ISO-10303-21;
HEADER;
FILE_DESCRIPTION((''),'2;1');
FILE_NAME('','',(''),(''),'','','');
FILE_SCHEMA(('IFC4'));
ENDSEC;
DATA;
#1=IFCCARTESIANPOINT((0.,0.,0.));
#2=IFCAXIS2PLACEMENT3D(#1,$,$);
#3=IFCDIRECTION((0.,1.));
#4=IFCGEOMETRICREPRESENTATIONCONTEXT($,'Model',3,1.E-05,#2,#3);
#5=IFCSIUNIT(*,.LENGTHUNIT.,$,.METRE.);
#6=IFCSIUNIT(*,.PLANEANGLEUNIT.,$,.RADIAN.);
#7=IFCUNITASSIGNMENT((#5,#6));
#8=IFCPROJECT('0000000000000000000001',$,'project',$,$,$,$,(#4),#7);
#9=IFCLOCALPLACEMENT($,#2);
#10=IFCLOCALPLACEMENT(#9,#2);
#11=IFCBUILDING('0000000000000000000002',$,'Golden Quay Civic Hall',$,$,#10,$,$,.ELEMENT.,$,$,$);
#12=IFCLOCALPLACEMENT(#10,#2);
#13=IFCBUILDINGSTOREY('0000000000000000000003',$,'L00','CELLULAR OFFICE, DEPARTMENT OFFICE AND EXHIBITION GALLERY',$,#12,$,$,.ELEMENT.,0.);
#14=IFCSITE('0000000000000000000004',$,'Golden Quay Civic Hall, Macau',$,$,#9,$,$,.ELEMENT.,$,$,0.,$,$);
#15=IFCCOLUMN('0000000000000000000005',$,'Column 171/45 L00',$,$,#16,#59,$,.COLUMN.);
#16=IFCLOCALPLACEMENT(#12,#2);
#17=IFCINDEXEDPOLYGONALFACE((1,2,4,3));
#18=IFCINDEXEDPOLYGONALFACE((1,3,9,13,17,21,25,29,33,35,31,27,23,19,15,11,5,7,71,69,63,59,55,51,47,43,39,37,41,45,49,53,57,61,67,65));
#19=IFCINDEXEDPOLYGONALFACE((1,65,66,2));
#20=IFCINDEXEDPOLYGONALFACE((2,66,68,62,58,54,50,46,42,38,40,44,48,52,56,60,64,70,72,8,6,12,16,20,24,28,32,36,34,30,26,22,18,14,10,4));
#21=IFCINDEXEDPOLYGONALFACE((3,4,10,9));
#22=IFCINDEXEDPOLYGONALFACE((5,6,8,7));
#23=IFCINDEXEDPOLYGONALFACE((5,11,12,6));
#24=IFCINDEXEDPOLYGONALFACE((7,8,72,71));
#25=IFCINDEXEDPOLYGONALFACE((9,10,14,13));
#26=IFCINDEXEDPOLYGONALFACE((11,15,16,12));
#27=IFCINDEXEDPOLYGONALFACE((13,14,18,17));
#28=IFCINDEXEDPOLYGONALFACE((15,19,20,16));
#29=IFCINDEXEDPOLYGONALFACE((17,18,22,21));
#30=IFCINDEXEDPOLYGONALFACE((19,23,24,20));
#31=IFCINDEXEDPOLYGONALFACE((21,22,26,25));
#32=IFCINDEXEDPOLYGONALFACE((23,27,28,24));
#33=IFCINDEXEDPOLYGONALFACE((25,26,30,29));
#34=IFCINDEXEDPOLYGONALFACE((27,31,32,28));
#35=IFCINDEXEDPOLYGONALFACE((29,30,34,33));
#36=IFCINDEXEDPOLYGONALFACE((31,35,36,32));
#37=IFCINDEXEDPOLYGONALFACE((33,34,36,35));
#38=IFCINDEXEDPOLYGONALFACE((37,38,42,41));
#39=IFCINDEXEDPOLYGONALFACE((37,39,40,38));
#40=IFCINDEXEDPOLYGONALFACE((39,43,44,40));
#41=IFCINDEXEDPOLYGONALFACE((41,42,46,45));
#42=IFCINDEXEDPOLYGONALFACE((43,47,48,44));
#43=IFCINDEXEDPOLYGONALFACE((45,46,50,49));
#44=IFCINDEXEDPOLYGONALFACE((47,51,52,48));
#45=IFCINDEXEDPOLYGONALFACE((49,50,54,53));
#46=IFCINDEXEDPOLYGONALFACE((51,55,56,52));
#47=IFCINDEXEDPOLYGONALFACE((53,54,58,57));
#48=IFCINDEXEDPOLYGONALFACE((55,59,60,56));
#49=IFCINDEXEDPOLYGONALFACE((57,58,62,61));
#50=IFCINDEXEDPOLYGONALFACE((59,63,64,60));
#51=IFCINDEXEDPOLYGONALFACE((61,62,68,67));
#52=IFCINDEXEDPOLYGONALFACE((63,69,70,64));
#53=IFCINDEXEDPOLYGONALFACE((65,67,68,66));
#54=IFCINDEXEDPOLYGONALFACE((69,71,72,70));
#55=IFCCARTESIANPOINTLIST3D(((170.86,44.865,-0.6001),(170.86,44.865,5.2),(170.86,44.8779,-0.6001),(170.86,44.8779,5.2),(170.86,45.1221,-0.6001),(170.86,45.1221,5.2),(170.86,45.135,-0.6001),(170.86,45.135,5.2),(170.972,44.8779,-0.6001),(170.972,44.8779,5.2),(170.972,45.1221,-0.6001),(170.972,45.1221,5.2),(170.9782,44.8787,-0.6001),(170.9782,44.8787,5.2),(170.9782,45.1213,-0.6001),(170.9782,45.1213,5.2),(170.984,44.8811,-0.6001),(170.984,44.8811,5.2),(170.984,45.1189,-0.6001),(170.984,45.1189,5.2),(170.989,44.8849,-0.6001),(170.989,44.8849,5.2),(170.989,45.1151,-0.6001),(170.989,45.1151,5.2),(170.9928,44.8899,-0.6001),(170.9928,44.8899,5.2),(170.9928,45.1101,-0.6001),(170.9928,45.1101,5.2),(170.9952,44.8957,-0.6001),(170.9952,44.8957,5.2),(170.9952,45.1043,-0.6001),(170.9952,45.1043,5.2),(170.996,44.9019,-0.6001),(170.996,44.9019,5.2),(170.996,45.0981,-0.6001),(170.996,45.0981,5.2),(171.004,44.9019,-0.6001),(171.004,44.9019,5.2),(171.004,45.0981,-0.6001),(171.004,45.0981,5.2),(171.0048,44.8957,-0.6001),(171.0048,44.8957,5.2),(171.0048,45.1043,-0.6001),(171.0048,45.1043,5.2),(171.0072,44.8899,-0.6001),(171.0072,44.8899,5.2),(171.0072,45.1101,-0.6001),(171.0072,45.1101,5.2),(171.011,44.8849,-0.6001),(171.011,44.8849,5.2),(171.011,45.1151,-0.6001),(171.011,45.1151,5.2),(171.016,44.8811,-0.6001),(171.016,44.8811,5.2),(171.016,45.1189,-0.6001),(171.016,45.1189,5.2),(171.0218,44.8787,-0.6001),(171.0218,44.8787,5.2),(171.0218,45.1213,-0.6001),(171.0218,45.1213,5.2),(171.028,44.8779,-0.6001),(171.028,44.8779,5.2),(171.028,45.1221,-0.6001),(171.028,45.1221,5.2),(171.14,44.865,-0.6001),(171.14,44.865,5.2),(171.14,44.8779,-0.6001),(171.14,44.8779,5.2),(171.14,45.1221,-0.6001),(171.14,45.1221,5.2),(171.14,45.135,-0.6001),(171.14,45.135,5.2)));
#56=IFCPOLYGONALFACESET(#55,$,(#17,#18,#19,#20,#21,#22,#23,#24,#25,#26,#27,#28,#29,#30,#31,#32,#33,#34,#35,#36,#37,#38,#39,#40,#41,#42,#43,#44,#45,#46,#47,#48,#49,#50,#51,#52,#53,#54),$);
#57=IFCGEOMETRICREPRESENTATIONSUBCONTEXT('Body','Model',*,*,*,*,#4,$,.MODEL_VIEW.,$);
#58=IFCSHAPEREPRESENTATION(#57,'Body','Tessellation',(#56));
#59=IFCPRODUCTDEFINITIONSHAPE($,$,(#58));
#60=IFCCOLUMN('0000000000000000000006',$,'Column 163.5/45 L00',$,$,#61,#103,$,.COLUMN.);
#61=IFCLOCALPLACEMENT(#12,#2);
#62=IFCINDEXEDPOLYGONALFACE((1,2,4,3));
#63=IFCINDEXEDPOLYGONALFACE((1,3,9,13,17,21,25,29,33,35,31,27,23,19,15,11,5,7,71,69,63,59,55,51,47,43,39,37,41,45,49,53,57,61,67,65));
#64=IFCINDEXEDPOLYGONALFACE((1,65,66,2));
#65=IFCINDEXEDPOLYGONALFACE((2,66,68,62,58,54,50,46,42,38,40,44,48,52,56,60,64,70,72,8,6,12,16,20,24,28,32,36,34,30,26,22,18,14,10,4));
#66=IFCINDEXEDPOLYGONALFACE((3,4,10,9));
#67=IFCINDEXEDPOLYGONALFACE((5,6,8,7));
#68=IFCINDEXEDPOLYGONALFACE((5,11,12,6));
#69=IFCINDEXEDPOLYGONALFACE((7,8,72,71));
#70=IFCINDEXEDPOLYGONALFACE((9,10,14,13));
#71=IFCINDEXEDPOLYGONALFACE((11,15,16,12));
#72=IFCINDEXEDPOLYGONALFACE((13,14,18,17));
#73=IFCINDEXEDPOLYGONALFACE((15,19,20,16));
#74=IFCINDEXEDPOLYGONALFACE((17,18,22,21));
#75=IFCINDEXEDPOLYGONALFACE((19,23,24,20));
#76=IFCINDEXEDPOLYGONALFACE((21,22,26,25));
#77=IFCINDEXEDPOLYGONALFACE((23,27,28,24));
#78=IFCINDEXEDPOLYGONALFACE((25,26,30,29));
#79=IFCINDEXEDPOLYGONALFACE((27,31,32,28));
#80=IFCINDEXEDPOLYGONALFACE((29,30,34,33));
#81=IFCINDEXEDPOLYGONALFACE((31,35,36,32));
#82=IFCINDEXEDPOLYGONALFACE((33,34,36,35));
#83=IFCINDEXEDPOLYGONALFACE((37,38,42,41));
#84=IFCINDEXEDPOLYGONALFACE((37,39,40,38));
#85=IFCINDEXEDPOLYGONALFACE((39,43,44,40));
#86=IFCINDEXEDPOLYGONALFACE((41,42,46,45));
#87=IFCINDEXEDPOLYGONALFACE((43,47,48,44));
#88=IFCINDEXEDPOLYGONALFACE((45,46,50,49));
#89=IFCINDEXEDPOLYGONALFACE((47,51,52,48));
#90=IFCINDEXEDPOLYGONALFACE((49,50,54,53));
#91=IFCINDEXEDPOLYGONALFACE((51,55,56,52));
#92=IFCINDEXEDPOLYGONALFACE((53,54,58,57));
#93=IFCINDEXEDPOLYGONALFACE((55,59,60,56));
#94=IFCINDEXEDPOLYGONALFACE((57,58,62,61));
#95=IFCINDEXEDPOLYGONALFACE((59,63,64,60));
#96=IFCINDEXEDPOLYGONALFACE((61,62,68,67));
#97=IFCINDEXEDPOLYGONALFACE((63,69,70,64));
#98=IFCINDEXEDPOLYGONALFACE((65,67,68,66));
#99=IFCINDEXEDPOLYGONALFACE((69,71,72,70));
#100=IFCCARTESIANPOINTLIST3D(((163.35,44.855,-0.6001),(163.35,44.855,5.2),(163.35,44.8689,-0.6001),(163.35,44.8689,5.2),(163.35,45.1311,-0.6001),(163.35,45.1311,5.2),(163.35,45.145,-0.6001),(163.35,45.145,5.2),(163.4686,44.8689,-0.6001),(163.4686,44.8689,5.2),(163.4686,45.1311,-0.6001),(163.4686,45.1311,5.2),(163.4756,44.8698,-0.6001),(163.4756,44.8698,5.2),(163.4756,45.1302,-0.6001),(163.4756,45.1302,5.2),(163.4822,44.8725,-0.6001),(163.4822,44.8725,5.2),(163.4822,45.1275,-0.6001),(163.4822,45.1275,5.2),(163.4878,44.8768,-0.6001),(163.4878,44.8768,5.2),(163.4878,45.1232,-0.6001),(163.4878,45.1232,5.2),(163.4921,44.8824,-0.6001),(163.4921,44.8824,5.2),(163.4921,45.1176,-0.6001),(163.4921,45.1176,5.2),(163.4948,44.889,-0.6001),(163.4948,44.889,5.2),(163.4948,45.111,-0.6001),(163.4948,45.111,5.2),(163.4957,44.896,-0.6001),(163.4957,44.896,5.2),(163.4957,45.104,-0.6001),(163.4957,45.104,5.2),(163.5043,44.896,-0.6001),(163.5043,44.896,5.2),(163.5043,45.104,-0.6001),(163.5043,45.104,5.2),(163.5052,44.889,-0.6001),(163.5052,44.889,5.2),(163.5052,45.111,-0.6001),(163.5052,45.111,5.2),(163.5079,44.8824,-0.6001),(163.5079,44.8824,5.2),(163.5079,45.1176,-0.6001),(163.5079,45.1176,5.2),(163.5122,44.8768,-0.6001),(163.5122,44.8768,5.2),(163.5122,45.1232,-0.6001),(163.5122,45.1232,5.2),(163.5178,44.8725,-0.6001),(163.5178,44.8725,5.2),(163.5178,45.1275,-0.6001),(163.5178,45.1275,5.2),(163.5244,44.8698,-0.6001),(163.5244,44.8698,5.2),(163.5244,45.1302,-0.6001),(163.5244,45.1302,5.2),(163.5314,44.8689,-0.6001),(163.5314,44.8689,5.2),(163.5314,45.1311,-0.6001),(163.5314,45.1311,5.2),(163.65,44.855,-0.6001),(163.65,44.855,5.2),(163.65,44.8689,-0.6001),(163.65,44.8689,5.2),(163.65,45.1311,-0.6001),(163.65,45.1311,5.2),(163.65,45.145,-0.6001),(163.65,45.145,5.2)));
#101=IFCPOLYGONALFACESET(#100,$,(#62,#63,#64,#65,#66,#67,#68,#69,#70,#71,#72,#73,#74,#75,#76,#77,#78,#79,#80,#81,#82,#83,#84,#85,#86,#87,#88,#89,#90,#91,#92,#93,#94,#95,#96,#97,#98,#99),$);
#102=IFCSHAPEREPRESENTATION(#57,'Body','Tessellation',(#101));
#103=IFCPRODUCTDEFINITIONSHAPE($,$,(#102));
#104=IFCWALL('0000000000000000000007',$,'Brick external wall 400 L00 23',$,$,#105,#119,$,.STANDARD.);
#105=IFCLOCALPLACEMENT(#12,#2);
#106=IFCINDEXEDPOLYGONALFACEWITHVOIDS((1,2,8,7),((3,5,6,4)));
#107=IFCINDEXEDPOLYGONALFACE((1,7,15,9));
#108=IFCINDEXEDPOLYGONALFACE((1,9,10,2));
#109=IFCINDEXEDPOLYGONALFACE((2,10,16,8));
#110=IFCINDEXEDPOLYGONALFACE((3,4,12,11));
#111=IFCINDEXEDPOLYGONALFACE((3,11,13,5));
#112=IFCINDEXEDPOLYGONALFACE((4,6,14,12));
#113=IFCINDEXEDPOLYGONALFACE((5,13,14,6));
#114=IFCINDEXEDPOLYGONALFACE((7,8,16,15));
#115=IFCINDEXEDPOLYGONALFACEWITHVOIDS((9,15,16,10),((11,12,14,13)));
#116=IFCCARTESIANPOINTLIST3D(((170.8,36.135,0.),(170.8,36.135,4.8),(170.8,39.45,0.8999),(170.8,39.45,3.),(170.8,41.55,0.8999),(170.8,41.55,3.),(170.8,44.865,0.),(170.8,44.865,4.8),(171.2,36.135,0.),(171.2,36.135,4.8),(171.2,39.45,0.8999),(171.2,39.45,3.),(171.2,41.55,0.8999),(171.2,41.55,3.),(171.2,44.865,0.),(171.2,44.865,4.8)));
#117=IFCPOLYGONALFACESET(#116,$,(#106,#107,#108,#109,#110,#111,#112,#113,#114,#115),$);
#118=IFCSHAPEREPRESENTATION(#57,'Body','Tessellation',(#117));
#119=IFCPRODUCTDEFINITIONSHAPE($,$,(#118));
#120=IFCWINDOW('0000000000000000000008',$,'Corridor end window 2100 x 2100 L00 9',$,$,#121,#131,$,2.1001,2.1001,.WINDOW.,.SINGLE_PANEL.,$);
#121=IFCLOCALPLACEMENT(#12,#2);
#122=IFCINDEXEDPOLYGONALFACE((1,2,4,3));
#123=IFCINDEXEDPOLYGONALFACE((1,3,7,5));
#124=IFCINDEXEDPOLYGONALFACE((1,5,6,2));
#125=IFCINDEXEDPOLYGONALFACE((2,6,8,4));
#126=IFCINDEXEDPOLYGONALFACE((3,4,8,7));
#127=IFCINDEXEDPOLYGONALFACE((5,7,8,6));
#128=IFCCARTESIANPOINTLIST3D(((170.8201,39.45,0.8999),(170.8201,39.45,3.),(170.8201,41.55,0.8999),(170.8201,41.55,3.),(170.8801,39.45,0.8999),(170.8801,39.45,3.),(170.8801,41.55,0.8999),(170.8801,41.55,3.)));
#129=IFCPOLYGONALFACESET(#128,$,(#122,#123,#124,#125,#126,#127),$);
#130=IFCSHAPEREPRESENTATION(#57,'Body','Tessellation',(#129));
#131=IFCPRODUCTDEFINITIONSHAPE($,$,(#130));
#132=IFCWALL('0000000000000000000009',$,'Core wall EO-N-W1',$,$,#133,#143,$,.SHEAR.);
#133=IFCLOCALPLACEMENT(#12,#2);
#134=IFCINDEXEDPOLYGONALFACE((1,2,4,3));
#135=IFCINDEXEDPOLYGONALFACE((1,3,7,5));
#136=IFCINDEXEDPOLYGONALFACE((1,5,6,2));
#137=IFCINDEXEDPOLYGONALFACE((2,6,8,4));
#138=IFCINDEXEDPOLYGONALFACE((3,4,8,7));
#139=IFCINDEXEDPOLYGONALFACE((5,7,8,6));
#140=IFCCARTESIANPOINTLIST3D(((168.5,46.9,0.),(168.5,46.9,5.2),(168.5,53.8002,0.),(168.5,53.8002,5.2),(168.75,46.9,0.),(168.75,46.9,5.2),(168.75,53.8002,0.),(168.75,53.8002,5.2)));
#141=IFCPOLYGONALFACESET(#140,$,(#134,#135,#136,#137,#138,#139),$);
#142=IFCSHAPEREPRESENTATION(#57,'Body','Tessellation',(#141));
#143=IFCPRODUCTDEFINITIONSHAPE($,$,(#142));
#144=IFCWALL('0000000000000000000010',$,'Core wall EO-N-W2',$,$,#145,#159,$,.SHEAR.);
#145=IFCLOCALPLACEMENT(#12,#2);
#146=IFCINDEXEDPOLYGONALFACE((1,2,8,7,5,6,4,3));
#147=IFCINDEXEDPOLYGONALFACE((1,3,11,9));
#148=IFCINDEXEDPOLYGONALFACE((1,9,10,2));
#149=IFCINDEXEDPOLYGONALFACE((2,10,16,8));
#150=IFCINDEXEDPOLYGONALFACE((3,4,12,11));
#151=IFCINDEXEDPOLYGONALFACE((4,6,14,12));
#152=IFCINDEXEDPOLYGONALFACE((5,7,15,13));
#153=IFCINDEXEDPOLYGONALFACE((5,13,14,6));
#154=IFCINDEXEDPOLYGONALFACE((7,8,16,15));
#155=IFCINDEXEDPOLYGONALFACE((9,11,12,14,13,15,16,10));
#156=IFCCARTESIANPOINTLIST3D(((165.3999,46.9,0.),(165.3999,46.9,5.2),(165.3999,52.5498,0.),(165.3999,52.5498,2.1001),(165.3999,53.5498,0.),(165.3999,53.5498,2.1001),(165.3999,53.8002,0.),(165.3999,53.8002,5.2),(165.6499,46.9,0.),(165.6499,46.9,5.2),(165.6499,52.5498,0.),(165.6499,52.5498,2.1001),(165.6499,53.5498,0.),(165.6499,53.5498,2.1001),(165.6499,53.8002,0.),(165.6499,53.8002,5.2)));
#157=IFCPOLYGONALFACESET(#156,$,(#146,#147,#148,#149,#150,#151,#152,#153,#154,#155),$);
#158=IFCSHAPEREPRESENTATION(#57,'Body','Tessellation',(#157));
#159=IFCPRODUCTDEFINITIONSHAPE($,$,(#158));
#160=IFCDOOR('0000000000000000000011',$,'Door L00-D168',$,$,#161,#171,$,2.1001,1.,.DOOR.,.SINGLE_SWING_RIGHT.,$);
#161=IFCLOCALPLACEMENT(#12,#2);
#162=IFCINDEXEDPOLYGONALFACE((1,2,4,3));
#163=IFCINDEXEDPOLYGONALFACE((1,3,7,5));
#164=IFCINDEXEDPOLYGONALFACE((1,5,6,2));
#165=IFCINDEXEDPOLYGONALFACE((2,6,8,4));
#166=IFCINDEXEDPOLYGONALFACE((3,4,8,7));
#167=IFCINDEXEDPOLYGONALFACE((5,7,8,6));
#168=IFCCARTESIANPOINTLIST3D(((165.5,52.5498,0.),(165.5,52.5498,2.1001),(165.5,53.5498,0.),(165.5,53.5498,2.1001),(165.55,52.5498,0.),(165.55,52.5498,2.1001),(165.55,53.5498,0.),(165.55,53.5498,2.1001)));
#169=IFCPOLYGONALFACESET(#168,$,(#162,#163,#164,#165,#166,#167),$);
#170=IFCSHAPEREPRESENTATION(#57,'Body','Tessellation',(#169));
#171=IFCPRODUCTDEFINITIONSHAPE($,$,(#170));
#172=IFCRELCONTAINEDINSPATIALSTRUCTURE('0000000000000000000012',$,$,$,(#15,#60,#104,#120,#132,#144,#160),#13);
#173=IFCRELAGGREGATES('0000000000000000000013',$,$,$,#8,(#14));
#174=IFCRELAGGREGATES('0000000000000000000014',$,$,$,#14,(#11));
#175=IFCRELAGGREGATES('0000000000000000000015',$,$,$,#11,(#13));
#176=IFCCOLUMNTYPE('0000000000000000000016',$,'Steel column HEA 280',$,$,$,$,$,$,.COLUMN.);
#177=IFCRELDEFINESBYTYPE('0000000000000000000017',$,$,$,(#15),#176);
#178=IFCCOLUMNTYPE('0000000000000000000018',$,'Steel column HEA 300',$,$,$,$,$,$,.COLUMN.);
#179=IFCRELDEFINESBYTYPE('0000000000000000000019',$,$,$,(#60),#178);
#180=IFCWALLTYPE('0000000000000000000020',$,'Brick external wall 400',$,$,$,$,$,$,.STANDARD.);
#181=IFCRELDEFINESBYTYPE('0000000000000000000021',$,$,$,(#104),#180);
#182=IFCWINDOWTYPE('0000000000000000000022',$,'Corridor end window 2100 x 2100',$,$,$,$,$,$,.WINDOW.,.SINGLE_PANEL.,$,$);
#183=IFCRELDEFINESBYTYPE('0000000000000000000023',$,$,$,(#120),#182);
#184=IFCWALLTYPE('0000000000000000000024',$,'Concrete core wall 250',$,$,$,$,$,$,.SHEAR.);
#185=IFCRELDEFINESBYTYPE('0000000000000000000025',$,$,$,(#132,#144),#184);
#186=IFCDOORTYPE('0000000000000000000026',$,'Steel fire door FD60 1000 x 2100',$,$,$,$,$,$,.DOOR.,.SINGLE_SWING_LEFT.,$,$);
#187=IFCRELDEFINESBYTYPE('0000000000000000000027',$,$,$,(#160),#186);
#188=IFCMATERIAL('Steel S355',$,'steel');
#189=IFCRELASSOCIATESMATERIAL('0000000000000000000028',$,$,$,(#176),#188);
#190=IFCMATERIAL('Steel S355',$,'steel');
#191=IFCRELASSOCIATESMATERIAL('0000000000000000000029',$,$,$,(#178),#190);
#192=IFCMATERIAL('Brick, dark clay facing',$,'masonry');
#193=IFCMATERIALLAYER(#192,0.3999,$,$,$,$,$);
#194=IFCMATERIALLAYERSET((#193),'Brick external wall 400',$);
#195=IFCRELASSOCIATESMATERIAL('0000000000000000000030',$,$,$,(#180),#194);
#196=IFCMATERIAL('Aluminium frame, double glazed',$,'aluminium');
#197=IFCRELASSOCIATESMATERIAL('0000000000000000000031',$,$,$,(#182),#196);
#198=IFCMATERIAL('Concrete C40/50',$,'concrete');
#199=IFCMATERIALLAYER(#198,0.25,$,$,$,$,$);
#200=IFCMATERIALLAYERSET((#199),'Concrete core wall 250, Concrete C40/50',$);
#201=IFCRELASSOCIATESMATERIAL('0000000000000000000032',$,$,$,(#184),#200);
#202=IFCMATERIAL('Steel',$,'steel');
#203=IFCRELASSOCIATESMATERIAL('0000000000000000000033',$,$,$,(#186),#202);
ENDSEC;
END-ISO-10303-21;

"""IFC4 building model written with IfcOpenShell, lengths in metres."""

from ifc_helpers import new_model, si_unit, direction, frame, frame_2d, origin, origin_2d, place, context, subcontext, project, spatial, rectangle, i_section, extrude, material, layer, layer_set, material_profile, profile_set, type_object, element, fill, save


model = new_model("IFC4")

# Units and contexts
model_context = context("Model", 3, precision=1e-05, world=origin(), true_north=direction((0.0, 1.0)))
body_context = subcontext(model_context, "Body", "Model", "MODEL_VIEW")
ifc_project = project(units=[si_unit("LENGTHUNIT", "METRE"), si_unit("PLANEANGLEUNIT", "RADIAN")], contexts=[model_context])

# Site, building, storey
site_placement = place(None, origin())
site = spatial("IfcSite", under=ifc_project, at=site_placement, Name="Golden Quay Civic Hall, Macau", CompositionType="ELEMENT", RefElevation=0.0)
building_placement = place(site_placement, origin())
building = spatial("IfcBuilding", under=site, at=building_placement, Name="Golden Quay Civic Hall", CompositionType="ELEMENT")
storey_placement = place(building_placement, origin())
storey = spatial("IfcBuildingStorey", under=building, at=storey_placement, Name="L00", Description="CELLULAR OFFICE, DEPARTMENT OFFICE AND EXHIBITION GALLERY", CompositionType="ELEMENT", Elevation=0.0)

# Columns
ifc_material_1 = material(Name="Steel S355", Category="steel")
ifc_material_profile_1 = material_profile(ifc_material_1, i_section(OverallWidth=0.28, OverallDepth=0.27, WebThickness=0.0081, FlangeThickness=0.0129, FilletRadius=0.0239, at=origin_2d()), Name="HEA 280")
ifc_profile_set_1 = profile_set([ifc_material_profile_1], Name="Steel S355")
column_type_1 = type_object("IfcColumnType", Name="Steel column HEA 280", PredefinedType="COLUMN", material=ifc_profile_set_1)
column_1_placement = place(storey_placement, frame((171.0, 45.0, -0.6001), z_axis=(0.0, 0.0, 1.0), x_axis=(1.0, 0.0, 0.0)))
element("IfcColumn", 1, at=column_1_placement, inside=storey, type_object=column_type_1, Name="Column 171/45 L00", PredefinedType="COLUMN", context=body_context, shape_type="SweptSolid", body=[
    extrude(i_section(OverallWidth=0.28, OverallDepth=0.27, WebThickness=0.0081, FlangeThickness=0.0129, FilletRadius=0.0239, at=origin_2d()), origin(), (0.0, 0.0, 1.0), 5.8),
])
ifc_material_2 = material(Name="Steel S355", Category="steel")
ifc_material_profile_2 = material_profile(ifc_material_2, i_section(OverallWidth=0.3, OverallDepth=0.29, WebThickness=0.0085, FlangeThickness=0.0139, FilletRadius=0.0271, at=origin_2d()), Name="HEA 300")
ifc_profile_set_2 = profile_set([ifc_material_profile_2], Name="Steel S355")
column_type_2 = type_object("IfcColumnType", Name="Steel column HEA 300", PredefinedType="COLUMN", material=ifc_profile_set_2)
column_2_placement = place(storey_placement, frame((163.5, 45.0, -0.6001), z_axis=(0.0, 0.0, 1.0), x_axis=(1.0, 0.0, 0.0)))
element("IfcColumn", 2, at=column_2_placement, inside=storey, type_object=column_type_2, Name="Column 163.5/45 L00", PredefinedType="COLUMN", context=body_context, shape_type="SweptSolid", body=[
    extrude(i_section(OverallWidth=0.3, OverallDepth=0.29, WebThickness=0.0085, FlangeThickness=0.0139, FilletRadius=0.0271, at=origin_2d()), origin(), (0.0, 0.0, 1.0), 5.8),
])

# Wall, opening, window
ifc_material_3 = material(Name="Brick, dark clay facing", Category="masonry")
ifc_layer_1 = layer(ifc_material_3, 0.3999)
ifc_layer_set_1 = layer_set([ifc_layer_1], Name="Brick external wall 400")
wall_type_1 = type_object("IfcWallType", Name="Brick external wall 400", PredefinedType="STANDARD", material=ifc_layer_set_1)
wall_1_placement = place(storey_placement, frame((171.0, 44.865, 0.0), z_axis=(0.0, 0.0, 1.0), x_axis=(0.0, -1.0, 0.0)))
wall_1 = element("IfcWall", 3, at=wall_1_placement, inside=storey, type_object=wall_type_1, Name="Brick external wall 400 L00 23", PredefinedType="STANDARD", context=body_context, shape_type="SweptSolid", body=[
    extrude(rectangle(XDim=8.73, YDim=0.3999, at=frame_2d((4.365, 0.0))), origin(), (0.0, 0.0, 1.0), 4.8),
])
opening_1_placement = place(wall_1_placement, frame((3.3149, 0.0, 0.8999)))
opening_1 = element("IfcOpeningElement", 4, at=opening_1_placement, cuts=wall_1, PredefinedType="OPENING", context=body_context, shape_type="SweptSolid", body=[
    extrude(rectangle(XDim=2.1001, YDim=2.1001, at=frame_2d((1.05, 1.05))), frame((0.0, 0.21, 0.0), z_axis=(0.0, -1.0, 0.0), x_axis=(1.0, 0.0, 0.0)), (0.0, 0.0, 1.0), 0.4199),
])
ifc_material_4 = material(Name="Aluminium frame, double glazed", Category="aluminium")
window_type = type_object("IfcWindowType", Name="Corridor end window 2100 x 2100", PartitioningType="SINGLE_PANEL", PredefinedType="WINDOW", material=ifc_material_4)
window_placement = place(opening_1_placement, origin())
window = element("IfcWindow", 5, at=window_placement, inside=storey, type_object=window_type, Name="Corridor end window 2100 x 2100 L00 9", OverallHeight=2.1001, OverallWidth=2.1001, PartitioningType="SINGLE_PANEL", PredefinedType="WINDOW", context=body_context, shape_type="SweptSolid", body=[
    extrude(rectangle(XDim=2.1001, YDim=2.1001, at=frame_2d((1.05, 1.05))), frame((0.0, -0.1199, 0.0), z_axis=(0.0, -1.0, 0.0), x_axis=(1.0, 0.0, 0.0)), (0.0, 0.0, 1.0), 0.0601),
])
fill(opening_1, window)

# Wall
ifc_material_5 = material(Name="Concrete C40/50", Category="concrete")
ifc_layer_2 = layer(ifc_material_5, 0.25)
ifc_layer_set_2 = layer_set([ifc_layer_2], Name="Concrete core wall 250, Concrete C40/50")
wall_type_2 = type_object("IfcWallType", Name="Concrete core wall 250", PredefinedType="SHEAR", material=ifc_layer_set_2)
wall_2_placement = place(storey_placement, frame((168.625, 46.8999, 0.0), z_axis=(0.0, 0.0, 1.0), x_axis=(0.0, 1.0, 0.0)))
element("IfcWall", 6, at=wall_2_placement, inside=storey, type_object=wall_type_2, Name="Core wall EO-N-W1", PredefinedType="SHEAR", context=body_context, shape_type="SweptSolid", body=[
    extrude(rectangle(XDim=6.9001, YDim=0.25, at=frame_2d((3.4502, 0.0))), origin(), (0.0, 0.0, 1.0), 5.2),
])

# Wall, opening, door
wall_3_placement = place(storey_placement, frame((165.5249, 46.8999, 0.0), z_axis=(0.0, 0.0, 1.0), x_axis=(0.0, 1.0, 0.0)))
wall_3 = element("IfcWall", 7, at=wall_3_placement, inside=storey, type_object=wall_type_2, Name="Core wall EO-N-W2", PredefinedType="SHEAR", context=body_context, shape_type="SweptSolid", body=[
    extrude(rectangle(XDim=6.9001, YDim=0.25, at=frame_2d((3.4502, 0.0))), origin(), (0.0, 0.0, 1.0), 5.2),
])
opening_2_placement = place(wall_3_placement, frame((5.6499, 0.0, 0.0)))
opening_2 = element("IfcOpeningElement", 8, at=opening_2_placement, cuts=wall_3, PredefinedType="OPENING", context=body_context, shape_type="SweptSolid", body=[
    extrude(rectangle(XDim=1.0, YDim=2.1001, at=frame_2d((0.5, 1.05))), frame((0.0, 0.135, 0.0), z_axis=(0.0, -1.0, 0.0), x_axis=(1.0, 0.0, 0.0)), (0.0, 0.0, 1.0), 0.27),
])
ifc_material_6 = material(Name="Steel", Category="steel")
door_type = type_object("IfcDoorType", Name="Steel fire door FD60 1000 x 2100", OperationType="SINGLE_SWING_LEFT", PredefinedType="DOOR", material=ifc_material_6)
door_placement = place(opening_2_placement, frame((1.0, 0.0, 0.0), z_axis=(0.0, 0.0, 1.0), x_axis=(-1.0, 0.0, 0.0)))
door = element("IfcDoor", 9, at=door_placement, inside=storey, type_object=door_type, Name="Door L00-D168", OperationType="SINGLE_SWING_RIGHT", OverallHeight=2.1001, OverallWidth=1.0, PredefinedType="DOOR", context=body_context, shape_type="SweptSolid", body=[
    extrude(rectangle(XDim=1.0, YDim=2.1001, at=frame_2d((0.5, 1.05))), frame((0.0, 0.0251, 0.0), z_axis=(0.0, -1.0, 0.0), x_axis=(1.0, 0.0, 0.0)), (0.0, 0.0, 1.0), 0.05),
])
fill(opening_2, door)

save(model, "model.ifc")
